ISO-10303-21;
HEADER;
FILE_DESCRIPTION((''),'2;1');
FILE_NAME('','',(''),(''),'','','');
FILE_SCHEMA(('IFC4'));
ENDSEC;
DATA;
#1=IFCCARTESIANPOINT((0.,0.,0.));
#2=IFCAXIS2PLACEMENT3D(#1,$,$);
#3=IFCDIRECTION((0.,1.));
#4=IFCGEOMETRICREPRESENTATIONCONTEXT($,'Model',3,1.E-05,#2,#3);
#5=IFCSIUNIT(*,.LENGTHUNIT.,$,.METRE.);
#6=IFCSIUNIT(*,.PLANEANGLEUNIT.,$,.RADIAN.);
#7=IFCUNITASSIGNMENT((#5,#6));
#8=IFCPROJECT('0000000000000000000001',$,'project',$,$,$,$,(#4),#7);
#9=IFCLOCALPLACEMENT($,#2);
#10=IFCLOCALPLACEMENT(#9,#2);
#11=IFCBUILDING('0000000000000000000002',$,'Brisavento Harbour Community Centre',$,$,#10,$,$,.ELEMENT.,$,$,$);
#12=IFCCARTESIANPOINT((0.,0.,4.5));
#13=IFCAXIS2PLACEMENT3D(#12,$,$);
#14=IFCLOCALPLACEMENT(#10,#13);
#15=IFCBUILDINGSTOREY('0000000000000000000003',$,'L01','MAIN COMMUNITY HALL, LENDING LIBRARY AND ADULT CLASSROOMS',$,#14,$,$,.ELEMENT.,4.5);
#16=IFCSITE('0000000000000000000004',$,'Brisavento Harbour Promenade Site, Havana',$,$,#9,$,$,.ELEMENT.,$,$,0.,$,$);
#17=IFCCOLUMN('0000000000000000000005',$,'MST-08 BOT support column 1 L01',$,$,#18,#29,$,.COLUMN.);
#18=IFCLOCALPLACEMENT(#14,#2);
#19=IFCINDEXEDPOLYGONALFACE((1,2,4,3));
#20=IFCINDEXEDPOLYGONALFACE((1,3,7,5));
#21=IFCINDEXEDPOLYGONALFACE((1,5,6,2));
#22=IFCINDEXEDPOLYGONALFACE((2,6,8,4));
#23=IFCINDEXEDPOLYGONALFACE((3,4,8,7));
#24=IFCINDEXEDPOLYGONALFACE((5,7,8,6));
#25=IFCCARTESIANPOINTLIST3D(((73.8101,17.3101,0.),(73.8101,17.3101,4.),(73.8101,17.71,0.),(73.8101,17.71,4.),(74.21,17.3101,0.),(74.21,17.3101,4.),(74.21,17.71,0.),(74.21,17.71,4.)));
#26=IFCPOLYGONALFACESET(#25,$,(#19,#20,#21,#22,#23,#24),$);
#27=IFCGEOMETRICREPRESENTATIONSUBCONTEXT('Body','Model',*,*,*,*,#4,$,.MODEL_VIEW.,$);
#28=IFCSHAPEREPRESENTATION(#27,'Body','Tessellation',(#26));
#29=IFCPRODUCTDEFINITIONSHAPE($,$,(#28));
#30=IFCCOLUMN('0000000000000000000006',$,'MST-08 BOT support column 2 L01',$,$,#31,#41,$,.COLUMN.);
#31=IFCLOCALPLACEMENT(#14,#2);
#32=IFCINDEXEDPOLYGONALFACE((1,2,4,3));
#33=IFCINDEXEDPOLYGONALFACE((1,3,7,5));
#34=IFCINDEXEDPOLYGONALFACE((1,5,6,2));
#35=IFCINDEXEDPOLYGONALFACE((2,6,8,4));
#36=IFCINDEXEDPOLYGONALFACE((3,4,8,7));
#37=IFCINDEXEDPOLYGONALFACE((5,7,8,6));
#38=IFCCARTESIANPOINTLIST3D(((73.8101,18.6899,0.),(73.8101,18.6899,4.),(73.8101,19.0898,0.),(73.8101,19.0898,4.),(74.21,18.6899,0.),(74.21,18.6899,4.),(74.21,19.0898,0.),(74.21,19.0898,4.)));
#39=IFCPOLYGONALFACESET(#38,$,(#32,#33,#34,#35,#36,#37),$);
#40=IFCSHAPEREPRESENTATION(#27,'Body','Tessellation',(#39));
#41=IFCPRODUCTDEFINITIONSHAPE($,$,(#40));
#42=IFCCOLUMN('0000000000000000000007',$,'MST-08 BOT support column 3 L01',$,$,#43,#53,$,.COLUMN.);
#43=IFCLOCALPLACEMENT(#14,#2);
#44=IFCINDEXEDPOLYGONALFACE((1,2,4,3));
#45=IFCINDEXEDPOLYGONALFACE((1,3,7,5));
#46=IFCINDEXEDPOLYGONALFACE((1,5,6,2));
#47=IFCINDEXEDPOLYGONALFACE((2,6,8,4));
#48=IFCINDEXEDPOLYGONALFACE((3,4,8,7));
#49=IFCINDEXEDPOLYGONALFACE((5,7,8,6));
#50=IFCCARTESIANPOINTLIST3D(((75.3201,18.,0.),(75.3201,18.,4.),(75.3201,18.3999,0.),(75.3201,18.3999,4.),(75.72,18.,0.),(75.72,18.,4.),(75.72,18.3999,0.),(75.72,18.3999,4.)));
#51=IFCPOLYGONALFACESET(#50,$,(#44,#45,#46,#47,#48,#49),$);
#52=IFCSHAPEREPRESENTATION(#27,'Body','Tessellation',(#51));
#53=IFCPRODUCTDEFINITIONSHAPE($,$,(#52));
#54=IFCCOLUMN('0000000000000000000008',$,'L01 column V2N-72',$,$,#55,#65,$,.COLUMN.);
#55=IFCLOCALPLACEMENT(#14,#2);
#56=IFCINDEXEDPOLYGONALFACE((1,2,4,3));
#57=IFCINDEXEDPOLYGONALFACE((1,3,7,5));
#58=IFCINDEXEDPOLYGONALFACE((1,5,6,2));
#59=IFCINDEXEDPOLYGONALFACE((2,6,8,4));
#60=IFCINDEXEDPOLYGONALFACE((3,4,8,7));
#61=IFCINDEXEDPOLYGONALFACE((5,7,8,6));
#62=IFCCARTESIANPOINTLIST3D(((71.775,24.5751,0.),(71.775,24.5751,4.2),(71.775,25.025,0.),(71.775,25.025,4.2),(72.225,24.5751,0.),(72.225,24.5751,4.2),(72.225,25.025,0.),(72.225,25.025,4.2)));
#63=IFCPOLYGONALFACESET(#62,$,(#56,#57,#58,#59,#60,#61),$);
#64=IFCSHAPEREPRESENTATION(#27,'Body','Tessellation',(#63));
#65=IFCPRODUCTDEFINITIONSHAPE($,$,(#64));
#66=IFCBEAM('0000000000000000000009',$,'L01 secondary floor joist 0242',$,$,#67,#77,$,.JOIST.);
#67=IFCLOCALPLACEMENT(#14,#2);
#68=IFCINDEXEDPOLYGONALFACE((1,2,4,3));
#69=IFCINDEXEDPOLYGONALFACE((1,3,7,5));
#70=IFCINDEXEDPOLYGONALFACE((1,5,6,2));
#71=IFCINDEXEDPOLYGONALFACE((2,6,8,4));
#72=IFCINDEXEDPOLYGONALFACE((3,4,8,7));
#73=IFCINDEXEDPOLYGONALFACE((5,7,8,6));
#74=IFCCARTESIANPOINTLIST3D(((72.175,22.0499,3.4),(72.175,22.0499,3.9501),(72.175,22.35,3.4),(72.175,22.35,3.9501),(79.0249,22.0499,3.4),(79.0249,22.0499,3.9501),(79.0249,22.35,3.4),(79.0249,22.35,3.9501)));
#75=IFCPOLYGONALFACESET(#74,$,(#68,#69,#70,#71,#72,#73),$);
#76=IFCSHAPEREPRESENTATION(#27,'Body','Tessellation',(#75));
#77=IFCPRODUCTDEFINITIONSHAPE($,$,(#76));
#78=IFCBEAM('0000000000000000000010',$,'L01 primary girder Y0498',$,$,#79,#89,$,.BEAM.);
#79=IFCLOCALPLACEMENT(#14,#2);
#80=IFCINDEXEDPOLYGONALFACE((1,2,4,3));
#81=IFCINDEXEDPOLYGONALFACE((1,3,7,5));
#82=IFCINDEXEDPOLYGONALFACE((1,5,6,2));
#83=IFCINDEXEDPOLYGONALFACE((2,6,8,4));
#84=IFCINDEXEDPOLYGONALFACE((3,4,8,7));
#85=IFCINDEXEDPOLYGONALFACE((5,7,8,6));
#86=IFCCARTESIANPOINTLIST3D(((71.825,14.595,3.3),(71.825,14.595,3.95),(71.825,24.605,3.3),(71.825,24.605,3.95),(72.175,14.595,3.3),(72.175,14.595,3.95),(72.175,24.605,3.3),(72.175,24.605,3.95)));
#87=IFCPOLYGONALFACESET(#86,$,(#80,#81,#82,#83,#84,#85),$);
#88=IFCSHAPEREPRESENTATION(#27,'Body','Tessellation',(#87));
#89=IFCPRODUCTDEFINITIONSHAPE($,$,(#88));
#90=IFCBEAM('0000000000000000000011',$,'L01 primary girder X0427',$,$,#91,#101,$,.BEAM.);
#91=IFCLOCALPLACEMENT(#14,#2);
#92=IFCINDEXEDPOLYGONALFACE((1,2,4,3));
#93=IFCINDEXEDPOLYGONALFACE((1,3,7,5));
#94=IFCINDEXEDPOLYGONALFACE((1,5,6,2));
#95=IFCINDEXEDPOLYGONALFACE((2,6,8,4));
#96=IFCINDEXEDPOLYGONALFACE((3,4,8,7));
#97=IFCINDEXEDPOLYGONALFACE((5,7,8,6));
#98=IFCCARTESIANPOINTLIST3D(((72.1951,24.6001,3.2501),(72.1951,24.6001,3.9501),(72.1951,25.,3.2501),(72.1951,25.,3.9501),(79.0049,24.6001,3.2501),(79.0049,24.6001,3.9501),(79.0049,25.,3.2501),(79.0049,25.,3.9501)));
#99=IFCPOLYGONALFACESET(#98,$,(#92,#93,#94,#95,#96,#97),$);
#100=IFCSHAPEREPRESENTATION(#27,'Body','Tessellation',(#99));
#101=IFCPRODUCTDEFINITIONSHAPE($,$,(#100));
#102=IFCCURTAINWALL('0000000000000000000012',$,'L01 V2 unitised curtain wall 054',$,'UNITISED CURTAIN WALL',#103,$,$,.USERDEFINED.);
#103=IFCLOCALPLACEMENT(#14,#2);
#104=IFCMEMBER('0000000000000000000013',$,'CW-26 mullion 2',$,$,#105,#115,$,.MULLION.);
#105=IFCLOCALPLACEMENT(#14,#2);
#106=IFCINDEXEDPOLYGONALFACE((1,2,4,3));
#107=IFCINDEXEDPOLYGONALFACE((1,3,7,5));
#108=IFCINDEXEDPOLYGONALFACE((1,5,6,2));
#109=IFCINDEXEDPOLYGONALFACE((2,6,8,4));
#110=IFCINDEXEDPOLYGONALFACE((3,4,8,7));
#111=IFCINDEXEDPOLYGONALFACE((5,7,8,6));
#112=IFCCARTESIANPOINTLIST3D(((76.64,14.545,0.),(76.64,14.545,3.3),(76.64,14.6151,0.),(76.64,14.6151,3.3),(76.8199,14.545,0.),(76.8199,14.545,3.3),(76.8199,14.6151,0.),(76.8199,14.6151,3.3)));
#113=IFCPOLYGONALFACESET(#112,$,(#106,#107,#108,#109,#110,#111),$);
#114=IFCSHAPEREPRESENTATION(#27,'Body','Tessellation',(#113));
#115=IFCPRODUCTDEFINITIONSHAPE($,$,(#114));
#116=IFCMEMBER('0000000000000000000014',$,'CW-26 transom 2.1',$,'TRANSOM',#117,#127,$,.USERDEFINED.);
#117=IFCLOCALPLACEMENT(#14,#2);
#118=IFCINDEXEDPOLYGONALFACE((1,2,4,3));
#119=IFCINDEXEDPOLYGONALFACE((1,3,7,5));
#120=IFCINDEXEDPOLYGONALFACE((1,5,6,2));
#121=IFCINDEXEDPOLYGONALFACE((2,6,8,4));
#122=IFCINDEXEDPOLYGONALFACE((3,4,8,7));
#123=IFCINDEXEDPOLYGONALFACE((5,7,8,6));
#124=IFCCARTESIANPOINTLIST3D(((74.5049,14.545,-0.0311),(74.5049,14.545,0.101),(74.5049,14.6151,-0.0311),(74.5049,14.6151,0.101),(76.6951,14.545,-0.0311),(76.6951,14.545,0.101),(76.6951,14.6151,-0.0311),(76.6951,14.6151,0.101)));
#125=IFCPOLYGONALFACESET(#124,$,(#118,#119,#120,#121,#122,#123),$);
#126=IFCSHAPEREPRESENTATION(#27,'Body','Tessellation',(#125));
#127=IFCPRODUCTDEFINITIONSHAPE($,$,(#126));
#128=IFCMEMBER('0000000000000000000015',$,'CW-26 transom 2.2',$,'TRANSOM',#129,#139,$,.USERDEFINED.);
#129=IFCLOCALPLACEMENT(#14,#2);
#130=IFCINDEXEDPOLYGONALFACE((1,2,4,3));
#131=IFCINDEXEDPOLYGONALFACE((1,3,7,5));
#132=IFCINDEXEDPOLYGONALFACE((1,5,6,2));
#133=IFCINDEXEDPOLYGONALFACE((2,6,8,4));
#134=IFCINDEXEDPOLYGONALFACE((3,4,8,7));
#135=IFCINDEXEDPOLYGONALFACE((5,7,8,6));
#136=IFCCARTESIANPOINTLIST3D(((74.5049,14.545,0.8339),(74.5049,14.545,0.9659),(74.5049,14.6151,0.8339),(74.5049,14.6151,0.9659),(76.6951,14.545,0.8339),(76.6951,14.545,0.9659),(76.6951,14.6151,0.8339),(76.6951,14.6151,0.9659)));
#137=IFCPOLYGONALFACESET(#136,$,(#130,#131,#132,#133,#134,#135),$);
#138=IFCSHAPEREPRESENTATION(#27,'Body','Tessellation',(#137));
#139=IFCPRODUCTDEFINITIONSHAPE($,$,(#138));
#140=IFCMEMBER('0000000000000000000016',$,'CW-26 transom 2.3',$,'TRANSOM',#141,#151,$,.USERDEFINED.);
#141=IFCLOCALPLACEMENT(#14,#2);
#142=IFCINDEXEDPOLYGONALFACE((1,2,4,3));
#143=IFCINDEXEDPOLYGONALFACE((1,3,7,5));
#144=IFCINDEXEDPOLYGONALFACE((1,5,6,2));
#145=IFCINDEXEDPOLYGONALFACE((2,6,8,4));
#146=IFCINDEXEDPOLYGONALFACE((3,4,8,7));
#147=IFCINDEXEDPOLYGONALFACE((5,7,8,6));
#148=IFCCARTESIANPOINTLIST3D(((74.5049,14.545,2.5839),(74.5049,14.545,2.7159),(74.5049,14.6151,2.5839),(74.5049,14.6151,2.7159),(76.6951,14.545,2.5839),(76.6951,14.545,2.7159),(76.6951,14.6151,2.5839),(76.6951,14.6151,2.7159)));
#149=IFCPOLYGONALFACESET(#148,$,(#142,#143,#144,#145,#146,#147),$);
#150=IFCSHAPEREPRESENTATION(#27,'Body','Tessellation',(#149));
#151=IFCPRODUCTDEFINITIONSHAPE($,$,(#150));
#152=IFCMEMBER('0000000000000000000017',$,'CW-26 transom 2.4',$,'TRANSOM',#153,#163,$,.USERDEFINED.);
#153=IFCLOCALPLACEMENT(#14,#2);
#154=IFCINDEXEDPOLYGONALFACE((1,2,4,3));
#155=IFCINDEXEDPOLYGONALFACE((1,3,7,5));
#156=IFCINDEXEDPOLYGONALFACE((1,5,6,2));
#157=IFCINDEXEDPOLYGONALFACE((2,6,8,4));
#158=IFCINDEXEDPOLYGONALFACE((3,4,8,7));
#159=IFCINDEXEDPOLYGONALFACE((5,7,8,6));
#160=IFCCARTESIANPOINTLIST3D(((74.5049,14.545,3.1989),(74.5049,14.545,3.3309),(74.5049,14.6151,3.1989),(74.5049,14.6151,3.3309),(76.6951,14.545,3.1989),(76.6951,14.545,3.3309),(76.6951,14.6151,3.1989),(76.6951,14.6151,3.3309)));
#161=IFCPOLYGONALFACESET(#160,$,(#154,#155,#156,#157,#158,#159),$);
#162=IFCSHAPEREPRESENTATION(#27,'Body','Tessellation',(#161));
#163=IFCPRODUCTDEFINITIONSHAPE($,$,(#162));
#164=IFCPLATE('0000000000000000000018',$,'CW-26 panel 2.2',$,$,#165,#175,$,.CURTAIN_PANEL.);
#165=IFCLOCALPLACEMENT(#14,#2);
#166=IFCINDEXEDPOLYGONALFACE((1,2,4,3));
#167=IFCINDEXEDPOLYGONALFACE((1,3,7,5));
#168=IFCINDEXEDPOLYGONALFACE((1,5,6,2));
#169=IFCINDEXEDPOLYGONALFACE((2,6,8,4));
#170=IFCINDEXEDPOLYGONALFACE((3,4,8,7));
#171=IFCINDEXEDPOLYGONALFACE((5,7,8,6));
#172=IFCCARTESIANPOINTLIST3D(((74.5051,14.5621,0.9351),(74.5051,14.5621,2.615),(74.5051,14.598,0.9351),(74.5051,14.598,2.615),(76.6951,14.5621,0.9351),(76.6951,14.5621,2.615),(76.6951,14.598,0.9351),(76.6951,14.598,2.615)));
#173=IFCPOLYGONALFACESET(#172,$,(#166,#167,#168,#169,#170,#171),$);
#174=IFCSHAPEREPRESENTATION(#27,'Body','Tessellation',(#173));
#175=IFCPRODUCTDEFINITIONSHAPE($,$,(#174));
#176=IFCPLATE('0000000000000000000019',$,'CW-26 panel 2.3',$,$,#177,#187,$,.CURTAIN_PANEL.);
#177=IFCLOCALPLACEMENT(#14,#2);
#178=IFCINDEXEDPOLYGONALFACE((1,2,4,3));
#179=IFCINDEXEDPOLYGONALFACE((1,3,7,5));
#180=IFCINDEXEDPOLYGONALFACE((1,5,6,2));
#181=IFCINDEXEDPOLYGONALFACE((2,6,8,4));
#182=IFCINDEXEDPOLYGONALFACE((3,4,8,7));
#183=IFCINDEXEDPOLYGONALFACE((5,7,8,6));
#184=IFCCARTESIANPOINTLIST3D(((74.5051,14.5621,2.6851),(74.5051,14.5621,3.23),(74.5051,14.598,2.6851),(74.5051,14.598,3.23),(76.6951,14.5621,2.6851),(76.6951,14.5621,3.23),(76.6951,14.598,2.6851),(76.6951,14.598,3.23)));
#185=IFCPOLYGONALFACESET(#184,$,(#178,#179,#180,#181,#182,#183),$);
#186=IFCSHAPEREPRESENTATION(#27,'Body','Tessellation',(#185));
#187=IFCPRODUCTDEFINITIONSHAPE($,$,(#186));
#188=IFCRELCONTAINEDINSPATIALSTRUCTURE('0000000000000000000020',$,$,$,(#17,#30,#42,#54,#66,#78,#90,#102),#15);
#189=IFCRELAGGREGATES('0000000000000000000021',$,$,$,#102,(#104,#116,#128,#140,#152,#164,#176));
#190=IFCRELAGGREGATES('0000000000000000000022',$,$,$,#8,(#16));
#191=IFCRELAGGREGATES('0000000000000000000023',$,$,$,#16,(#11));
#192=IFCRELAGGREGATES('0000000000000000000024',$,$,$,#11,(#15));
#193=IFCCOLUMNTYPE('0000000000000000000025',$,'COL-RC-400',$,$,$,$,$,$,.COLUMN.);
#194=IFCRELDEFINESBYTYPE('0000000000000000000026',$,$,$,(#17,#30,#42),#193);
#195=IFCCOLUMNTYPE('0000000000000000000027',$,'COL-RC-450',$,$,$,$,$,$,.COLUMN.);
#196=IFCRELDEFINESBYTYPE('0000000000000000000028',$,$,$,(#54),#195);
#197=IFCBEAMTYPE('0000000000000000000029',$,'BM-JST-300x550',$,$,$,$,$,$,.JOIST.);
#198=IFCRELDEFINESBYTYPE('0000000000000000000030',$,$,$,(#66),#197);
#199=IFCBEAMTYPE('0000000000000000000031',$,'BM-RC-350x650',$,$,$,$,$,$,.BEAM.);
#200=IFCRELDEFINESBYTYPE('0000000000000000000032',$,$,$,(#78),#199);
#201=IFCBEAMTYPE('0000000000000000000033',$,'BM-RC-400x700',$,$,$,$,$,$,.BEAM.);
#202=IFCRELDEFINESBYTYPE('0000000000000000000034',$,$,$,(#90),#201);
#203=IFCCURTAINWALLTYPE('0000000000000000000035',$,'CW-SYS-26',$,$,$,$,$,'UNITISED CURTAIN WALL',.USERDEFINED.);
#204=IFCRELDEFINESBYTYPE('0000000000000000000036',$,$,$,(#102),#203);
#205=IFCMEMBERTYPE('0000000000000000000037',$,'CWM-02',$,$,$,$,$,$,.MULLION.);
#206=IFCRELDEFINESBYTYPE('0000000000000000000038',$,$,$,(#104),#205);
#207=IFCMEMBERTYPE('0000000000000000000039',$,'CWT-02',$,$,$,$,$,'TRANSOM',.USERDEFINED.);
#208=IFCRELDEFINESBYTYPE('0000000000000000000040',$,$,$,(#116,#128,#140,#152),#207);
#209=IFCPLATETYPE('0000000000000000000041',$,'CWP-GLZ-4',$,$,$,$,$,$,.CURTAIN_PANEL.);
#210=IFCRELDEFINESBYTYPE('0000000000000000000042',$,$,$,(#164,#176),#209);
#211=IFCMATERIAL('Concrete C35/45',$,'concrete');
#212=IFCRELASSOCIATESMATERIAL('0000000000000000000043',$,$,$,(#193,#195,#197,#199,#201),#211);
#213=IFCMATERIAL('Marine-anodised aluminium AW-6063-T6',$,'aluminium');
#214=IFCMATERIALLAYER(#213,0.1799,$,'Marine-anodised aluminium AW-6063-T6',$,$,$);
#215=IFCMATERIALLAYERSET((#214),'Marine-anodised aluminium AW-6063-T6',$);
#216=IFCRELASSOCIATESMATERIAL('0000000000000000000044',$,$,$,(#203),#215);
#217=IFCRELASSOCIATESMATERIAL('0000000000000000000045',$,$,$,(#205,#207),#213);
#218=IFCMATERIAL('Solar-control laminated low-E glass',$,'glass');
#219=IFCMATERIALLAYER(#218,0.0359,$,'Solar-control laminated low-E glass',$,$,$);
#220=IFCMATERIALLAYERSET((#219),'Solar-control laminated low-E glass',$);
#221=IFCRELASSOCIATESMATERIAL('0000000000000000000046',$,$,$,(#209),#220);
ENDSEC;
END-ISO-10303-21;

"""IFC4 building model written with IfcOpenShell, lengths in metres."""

from ifc_helpers import new_model, si_unit, direction, frame, origin, origin_2d, place, context, subcontext, project, spatial, rectangle, extrude, material, layer, layer_set, material_profile, profile_set, type_object, element, aggregate, save


model = new_model("IFC4")

# Units and contexts
model_context = context("Model", 3, precision=1e-05, world=origin(), true_north=direction((0.0, 1.0)))
body_context = subcontext(model_context, "Body", "Model", "MODEL_VIEW")
ifc_project = project(units=[si_unit("LENGTHUNIT", "METRE"), si_unit("PLANEANGLEUNIT", "RADIAN")], contexts=[model_context])

# Site, building, storey
site_placement = place(None, origin())
site = spatial("IfcSite", under=ifc_project, at=site_placement, Name="Brisavento Harbour Promenade Site, Havana", CompositionType="ELEMENT", RefElevation=0.0)
building_placement = place(site_placement, origin())
building = spatial("IfcBuilding", under=site, at=building_placement, Name="Brisavento Harbour Community Centre", CompositionType="ELEMENT")
storey_placement = place(building_placement, frame((0.0, 0.0, 4.5)))
storey = spatial("IfcBuildingStorey", under=building, at=storey_placement, Name="L01", Description="MAIN COMMUNITY HALL, LENDING LIBRARY AND ADULT CLASSROOMS", CompositionType="ELEMENT", Elevation=4.5)

# Columns
ifc_material_1 = material(Name="Concrete C35/45", Category="concrete")
ifc_material_profile_1 = material_profile(ifc_material_1, rectangle(XDim=0.3999, YDim=0.3999, at=origin_2d()), Name="Concrete C35/45")
ifc_profile_set_1 = profile_set([ifc_material_profile_1], Name="Concrete C35/45")
column_type_1 = type_object("IfcColumnType", Name="COL-RC-400", PredefinedType="COLUMN", material=ifc_profile_set_1)
for number, where, z_axis, x_axis, name in (
    (1, (74.01, 17.51, 0.0), (0.0, 0.0, 1.0), (1.0, 0.0, 0.0), "MST-08 BOT support column 1 L01"),
    (2, (74.01, 18.8899, 0.0), (0.0, 0.0, 1.0), (1.0, 0.0, 0.0), "MST-08 BOT support column 2 L01"),
    (3, (75.52, 18.2, 0.0), (0.0, 0.0, 1.0), (1.0, 0.0, 0.0), "MST-08 BOT support column 3 L01"),
):
    element("IfcColumn", number, at=place(storey_placement, frame(where, z_axis=z_axis, x_axis=x_axis)), inside=storey, type_object=column_type_1, Name=name, PredefinedType="COLUMN", context=body_context, shape_type="SweptSolid", body=[
        extrude(rectangle(XDim=0.3999, YDim=0.3999, at=origin_2d()), origin(), (0.0, 0.0, 1.0), 4.0),
    ])
ifc_material_profile_2 = material_profile(ifc_material_1, rectangle(XDim=0.45, YDim=0.45, at=origin_2d()), Name="Concrete C35/45")
ifc_profile_set_2 = profile_set([ifc_material_profile_2], Name="Concrete C35/45")
column_type_2 = type_object("IfcColumnType", Name="COL-RC-450", PredefinedType="COLUMN", material=ifc_profile_set_2)
column_placement = place(storey_placement, frame((72.0, 24.8, 0.0), z_axis=(0.0, 0.0, 1.0), x_axis=(1.0, 0.0, 0.0)))
element("IfcColumn", 4, at=column_placement, inside=storey, type_object=column_type_2, Name="L01 column V2N-72", PredefinedType="COLUMN", context=body_context, shape_type="SweptSolid", body=[
    extrude(rectangle(XDim=0.45, YDim=0.45, at=origin_2d()), origin(), (0.0, 0.0, 1.0), 4.2),
])

# Beams
ifc_material_profile_3 = material_profile(ifc_material_1, rectangle(XDim=0.3, YDim=0.55, at=origin_2d()), Name="Concrete C35/45")
ifc_profile_set_3 = profile_set([ifc_material_profile_3], Name="Concrete C35/45")
beam_type_1 = type_object("IfcBeamType", Name="BM-JST-300x550", PredefinedType="JOIST", material=ifc_profile_set_3)
beam_1_placement = place(storey_placement, frame((72.175, 22.2, 3.675), z_axis=(1.0, 0.0, 0.0), x_axis=(0.0, 1.0, 0.0)))
element("IfcBeam", 5, at=beam_1_placement, inside=storey, type_object=beam_type_1, Name="L01 secondary floor joist 0242", PredefinedType="JOIST", context=body_context, shape_type="SweptSolid", body=[
    extrude(rectangle(XDim=0.3, YDim=0.55, at=origin_2d()), origin(), (0.0, 0.0, 1.0), 6.8499),
])
ifc_material_profile_4 = material_profile(ifc_material_1, rectangle(XDim=0.3501, YDim=0.6499, at=origin_2d()), Name="Concrete C35/45")
ifc_profile_set_4 = profile_set([ifc_material_profile_4], Name="Concrete C35/45")
beam_type_2 = type_object("IfcBeamType", Name="BM-RC-350x650", PredefinedType="BEAM", material=ifc_profile_set_4)
beam_2_placement = place(storey_placement, frame((72.0, 14.595, 3.625), z_axis=(0.0, 1.0, 0.0), x_axis=(-1.0, 0.0, 0.0)))
element("IfcBeam", 6, at=beam_2_placement, inside=storey, type_object=beam_type_2, Name="L01 primary girder Y0498", PredefinedType="BEAM", context=body_context, shape_type="SweptSolid", body=[
    extrude(rectangle(XDim=0.3501, YDim=0.6499, at=origin_2d()), origin(), (0.0, 0.0, 1.0), 10.01),
])
ifc_material_profile_5 = material_profile(ifc_material_1, rectangle(XDim=0.3999, YDim=0.7, at=origin_2d()), Name="Concrete C35/45")
ifc_profile_set_5 = profile_set([ifc_material_profile_5], Name="Concrete C35/45")
beam_type_3 = type_object("IfcBeamType", Name="BM-RC-400x700", PredefinedType="BEAM", material=ifc_profile_set_5)
beam_3_placement = place(storey_placement, frame((72.1951, 24.8, 3.6001), z_axis=(1.0, 0.0, 0.0), x_axis=(0.0, 1.0, 0.0)))
element("IfcBeam", 7, at=beam_3_placement, inside=storey, type_object=beam_type_3, Name="L01 primary girder X0427", PredefinedType="BEAM", context=body_context, shape_type="SweptSolid", body=[
    extrude(rectangle(XDim=0.3999, YDim=0.7, at=origin_2d()), origin(), (0.0, 0.0, 1.0), 6.8098),
])

# Curtain wall, members, plates
ifc_material_2 = material(Name="Marine-anodised aluminium AW-6063-T6", Category="aluminium")
ifc_layer_1 = layer(ifc_material_2, 0.1799, Name="Marine-anodised aluminium AW-6063-T6")
ifc_layer_set_1 = layer_set([ifc_layer_1], Name="Marine-anodised aluminium AW-6063-T6")
curtain_wall_type = type_object("IfcCurtainWallType", Name="CW-SYS-26", ElementType="UNITISED CURTAIN WALL", PredefinedType="USERDEFINED", material=ifc_layer_set_1)
curtain_wall_placement = place(storey_placement, origin())
curtain_wall = element("IfcCurtainWall", 8, at=curtain_wall_placement, inside=storey, type_object=curtain_wall_type, Name="L01 V2 unitised curtain wall 054", ObjectType="UNITISED CURTAIN WALL", PredefinedType="USERDEFINED")
ifc_material_profile_6 = material_profile(ifc_material_2, rectangle(XDim=0.0701, YDim=0.1799, at=origin_2d()), Name="Marine-anodised aluminium AW-6063-T6")
ifc_profile_set_6 = profile_set([ifc_material_profile_6], Name="Marine-anodised aluminium AW-6063-T6")
member_type_1 = type_object("IfcMemberType", Name="CWM-02", PredefinedType="MULLION", material=ifc_profile_set_6)
member_1_placement = place(storey_placement, frame((76.73, 14.5801, 0.0), z_axis=(0.0, 0.0, 1.0), x_axis=(0.0, -1.0, 0.0)))
member_1 = element("IfcMember", 9, at=member_1_placement, type_object=member_type_1, Name="CW-26 mullion 2", PredefinedType="MULLION", context=body_context, shape_type="SweptSolid", body=[
    extrude(rectangle(XDim=0.0701, YDim=0.1799, at=origin_2d()), origin(), (0.0, 0.0, 1.0), 3.3),
])
ifc_material_profile_7 = material_profile(ifc_material_2, rectangle(XDim=0.0701, YDim=0.1321, at=origin_2d()), Name="Marine-anodised aluminium AW-6063-T6")
ifc_profile_set_7 = profile_set([ifc_material_profile_7], Name="Marine-anodised aluminium AW-6063-T6")
member_type_2 = type_object("IfcMemberType", Name="CWT-02", ElementType="TRANSOM", PredefinedType="USERDEFINED", material=ifc_profile_set_7)
member_2_placement = place(storey_placement, frame((76.6951, 14.5801, 0.0349), z_axis=(-1.0, 0.0, 0.0), x_axis=(0.0, -1.0, 0.0)))
member_2 = element("IfcMember", 10, at=member_2_placement, type_object=member_type_2, Name="CW-26 transom 2.1", ObjectType="TRANSOM", PredefinedType="USERDEFINED", context=body_context, shape_type="SweptSolid", body=[
    extrude(rectangle(XDim=0.0701, YDim=0.1321, at=origin_2d()), origin(), (0.0, 0.0, 1.0), 2.1902),
])
member_3_placement = place(storey_placement, frame((76.6951, 14.5801, 0.8999), z_axis=(-1.0, 0.0, 0.0), x_axis=(0.0, -1.0, 0.0)))
member_3 = element("IfcMember", 11, at=member_3_placement, type_object=member_type_2, Name="CW-26 transom 2.2", ObjectType="TRANSOM", PredefinedType="USERDEFINED", context=body_context, shape_type="SweptSolid", body=[
    extrude(rectangle(XDim=0.0701, YDim=0.1321, at=origin_2d()), origin(), (0.0, 0.0, 1.0), 2.1902),
])
member_4_placement = place(storey_placement, frame((76.6951, 14.5801, 2.6499), z_axis=(-1.0, 0.0, 0.0), x_axis=(0.0, -1.0, 0.0)))
member_4 = element("IfcMember", 12, at=member_4_placement, type_object=member_type_2, Name="CW-26 transom 2.3", ObjectType="TRANSOM", PredefinedType="USERDEFINED", context=body_context, shape_type="SweptSolid", body=[
    extrude(rectangle(XDim=0.0701, YDim=0.1321, at=origin_2d()), origin(), (0.0, 0.0, 1.0), 2.1902),
])
member_5_placement = place(storey_placement, frame((76.6951, 14.5801, 3.2649), z_axis=(-1.0, 0.0, 0.0), x_axis=(0.0, -1.0, 0.0)))
member_5 = element("IfcMember", 13, at=member_5_placement, type_object=member_type_2, Name="CW-26 transom 2.4", ObjectType="TRANSOM", PredefinedType="USERDEFINED", context=body_context, shape_type="SweptSolid", body=[
    extrude(rectangle(XDim=0.0701, YDim=0.1321, at=origin_2d()), origin(), (0.0, 0.0, 1.0), 2.1902),
])
ifc_material_3 = material(Name="Solar-control laminated low-E glass", Category="glass")
ifc_layer_2 = layer(ifc_material_3, 0.0359, Name="Solar-control laminated low-E glass")
ifc_layer_set_2 = layer_set([ifc_layer_2], Name="Solar-control laminated low-E glass")
plate_type = type_object("IfcPlateType", Name="CWP-GLZ-4", PredefinedType="CURTAIN_PANEL", material=ifc_layer_set_2)
plate_1_placement = place(storey_placement, frame((75.6001, 14.5801, 0.9351), z_axis=(0.0, 0.0, 1.0), x_axis=(-1.0, 0.0, 0.0)))
plate_1 = element("IfcPlate", 14, at=plate_1_placement, type_object=plate_type, Name="CW-26 panel 2.2", PredefinedType="CURTAIN_PANEL", context=body_context, shape_type="SweptSolid", body=[
    extrude(rectangle(XDim=2.1899, YDim=0.0359, at=origin_2d()), origin(), (0.0, 0.0, 1.0), 1.6799),
])
plate_2_placement = place(storey_placement, frame((75.6001, 14.5801, 2.6851), z_axis=(0.0, 0.0, 1.0), x_axis=(-1.0, 0.0, 0.0)))
plate_2 = element("IfcPlate", 15, at=plate_2_placement, type_object=plate_type, Name="CW-26 panel 2.3", PredefinedType="CURTAIN_PANEL", context=body_context, shape_type="SweptSolid", body=[
    extrude(rectangle(XDim=2.1899, YDim=0.0359, at=origin_2d()), origin(), (0.0, 0.0, 1.0), 0.5449),
])
aggregate(curtain_wall, [member_1, member_2, member_3, member_4, member_5, plate_1, plate_2])

save(model, "model.ifc")
